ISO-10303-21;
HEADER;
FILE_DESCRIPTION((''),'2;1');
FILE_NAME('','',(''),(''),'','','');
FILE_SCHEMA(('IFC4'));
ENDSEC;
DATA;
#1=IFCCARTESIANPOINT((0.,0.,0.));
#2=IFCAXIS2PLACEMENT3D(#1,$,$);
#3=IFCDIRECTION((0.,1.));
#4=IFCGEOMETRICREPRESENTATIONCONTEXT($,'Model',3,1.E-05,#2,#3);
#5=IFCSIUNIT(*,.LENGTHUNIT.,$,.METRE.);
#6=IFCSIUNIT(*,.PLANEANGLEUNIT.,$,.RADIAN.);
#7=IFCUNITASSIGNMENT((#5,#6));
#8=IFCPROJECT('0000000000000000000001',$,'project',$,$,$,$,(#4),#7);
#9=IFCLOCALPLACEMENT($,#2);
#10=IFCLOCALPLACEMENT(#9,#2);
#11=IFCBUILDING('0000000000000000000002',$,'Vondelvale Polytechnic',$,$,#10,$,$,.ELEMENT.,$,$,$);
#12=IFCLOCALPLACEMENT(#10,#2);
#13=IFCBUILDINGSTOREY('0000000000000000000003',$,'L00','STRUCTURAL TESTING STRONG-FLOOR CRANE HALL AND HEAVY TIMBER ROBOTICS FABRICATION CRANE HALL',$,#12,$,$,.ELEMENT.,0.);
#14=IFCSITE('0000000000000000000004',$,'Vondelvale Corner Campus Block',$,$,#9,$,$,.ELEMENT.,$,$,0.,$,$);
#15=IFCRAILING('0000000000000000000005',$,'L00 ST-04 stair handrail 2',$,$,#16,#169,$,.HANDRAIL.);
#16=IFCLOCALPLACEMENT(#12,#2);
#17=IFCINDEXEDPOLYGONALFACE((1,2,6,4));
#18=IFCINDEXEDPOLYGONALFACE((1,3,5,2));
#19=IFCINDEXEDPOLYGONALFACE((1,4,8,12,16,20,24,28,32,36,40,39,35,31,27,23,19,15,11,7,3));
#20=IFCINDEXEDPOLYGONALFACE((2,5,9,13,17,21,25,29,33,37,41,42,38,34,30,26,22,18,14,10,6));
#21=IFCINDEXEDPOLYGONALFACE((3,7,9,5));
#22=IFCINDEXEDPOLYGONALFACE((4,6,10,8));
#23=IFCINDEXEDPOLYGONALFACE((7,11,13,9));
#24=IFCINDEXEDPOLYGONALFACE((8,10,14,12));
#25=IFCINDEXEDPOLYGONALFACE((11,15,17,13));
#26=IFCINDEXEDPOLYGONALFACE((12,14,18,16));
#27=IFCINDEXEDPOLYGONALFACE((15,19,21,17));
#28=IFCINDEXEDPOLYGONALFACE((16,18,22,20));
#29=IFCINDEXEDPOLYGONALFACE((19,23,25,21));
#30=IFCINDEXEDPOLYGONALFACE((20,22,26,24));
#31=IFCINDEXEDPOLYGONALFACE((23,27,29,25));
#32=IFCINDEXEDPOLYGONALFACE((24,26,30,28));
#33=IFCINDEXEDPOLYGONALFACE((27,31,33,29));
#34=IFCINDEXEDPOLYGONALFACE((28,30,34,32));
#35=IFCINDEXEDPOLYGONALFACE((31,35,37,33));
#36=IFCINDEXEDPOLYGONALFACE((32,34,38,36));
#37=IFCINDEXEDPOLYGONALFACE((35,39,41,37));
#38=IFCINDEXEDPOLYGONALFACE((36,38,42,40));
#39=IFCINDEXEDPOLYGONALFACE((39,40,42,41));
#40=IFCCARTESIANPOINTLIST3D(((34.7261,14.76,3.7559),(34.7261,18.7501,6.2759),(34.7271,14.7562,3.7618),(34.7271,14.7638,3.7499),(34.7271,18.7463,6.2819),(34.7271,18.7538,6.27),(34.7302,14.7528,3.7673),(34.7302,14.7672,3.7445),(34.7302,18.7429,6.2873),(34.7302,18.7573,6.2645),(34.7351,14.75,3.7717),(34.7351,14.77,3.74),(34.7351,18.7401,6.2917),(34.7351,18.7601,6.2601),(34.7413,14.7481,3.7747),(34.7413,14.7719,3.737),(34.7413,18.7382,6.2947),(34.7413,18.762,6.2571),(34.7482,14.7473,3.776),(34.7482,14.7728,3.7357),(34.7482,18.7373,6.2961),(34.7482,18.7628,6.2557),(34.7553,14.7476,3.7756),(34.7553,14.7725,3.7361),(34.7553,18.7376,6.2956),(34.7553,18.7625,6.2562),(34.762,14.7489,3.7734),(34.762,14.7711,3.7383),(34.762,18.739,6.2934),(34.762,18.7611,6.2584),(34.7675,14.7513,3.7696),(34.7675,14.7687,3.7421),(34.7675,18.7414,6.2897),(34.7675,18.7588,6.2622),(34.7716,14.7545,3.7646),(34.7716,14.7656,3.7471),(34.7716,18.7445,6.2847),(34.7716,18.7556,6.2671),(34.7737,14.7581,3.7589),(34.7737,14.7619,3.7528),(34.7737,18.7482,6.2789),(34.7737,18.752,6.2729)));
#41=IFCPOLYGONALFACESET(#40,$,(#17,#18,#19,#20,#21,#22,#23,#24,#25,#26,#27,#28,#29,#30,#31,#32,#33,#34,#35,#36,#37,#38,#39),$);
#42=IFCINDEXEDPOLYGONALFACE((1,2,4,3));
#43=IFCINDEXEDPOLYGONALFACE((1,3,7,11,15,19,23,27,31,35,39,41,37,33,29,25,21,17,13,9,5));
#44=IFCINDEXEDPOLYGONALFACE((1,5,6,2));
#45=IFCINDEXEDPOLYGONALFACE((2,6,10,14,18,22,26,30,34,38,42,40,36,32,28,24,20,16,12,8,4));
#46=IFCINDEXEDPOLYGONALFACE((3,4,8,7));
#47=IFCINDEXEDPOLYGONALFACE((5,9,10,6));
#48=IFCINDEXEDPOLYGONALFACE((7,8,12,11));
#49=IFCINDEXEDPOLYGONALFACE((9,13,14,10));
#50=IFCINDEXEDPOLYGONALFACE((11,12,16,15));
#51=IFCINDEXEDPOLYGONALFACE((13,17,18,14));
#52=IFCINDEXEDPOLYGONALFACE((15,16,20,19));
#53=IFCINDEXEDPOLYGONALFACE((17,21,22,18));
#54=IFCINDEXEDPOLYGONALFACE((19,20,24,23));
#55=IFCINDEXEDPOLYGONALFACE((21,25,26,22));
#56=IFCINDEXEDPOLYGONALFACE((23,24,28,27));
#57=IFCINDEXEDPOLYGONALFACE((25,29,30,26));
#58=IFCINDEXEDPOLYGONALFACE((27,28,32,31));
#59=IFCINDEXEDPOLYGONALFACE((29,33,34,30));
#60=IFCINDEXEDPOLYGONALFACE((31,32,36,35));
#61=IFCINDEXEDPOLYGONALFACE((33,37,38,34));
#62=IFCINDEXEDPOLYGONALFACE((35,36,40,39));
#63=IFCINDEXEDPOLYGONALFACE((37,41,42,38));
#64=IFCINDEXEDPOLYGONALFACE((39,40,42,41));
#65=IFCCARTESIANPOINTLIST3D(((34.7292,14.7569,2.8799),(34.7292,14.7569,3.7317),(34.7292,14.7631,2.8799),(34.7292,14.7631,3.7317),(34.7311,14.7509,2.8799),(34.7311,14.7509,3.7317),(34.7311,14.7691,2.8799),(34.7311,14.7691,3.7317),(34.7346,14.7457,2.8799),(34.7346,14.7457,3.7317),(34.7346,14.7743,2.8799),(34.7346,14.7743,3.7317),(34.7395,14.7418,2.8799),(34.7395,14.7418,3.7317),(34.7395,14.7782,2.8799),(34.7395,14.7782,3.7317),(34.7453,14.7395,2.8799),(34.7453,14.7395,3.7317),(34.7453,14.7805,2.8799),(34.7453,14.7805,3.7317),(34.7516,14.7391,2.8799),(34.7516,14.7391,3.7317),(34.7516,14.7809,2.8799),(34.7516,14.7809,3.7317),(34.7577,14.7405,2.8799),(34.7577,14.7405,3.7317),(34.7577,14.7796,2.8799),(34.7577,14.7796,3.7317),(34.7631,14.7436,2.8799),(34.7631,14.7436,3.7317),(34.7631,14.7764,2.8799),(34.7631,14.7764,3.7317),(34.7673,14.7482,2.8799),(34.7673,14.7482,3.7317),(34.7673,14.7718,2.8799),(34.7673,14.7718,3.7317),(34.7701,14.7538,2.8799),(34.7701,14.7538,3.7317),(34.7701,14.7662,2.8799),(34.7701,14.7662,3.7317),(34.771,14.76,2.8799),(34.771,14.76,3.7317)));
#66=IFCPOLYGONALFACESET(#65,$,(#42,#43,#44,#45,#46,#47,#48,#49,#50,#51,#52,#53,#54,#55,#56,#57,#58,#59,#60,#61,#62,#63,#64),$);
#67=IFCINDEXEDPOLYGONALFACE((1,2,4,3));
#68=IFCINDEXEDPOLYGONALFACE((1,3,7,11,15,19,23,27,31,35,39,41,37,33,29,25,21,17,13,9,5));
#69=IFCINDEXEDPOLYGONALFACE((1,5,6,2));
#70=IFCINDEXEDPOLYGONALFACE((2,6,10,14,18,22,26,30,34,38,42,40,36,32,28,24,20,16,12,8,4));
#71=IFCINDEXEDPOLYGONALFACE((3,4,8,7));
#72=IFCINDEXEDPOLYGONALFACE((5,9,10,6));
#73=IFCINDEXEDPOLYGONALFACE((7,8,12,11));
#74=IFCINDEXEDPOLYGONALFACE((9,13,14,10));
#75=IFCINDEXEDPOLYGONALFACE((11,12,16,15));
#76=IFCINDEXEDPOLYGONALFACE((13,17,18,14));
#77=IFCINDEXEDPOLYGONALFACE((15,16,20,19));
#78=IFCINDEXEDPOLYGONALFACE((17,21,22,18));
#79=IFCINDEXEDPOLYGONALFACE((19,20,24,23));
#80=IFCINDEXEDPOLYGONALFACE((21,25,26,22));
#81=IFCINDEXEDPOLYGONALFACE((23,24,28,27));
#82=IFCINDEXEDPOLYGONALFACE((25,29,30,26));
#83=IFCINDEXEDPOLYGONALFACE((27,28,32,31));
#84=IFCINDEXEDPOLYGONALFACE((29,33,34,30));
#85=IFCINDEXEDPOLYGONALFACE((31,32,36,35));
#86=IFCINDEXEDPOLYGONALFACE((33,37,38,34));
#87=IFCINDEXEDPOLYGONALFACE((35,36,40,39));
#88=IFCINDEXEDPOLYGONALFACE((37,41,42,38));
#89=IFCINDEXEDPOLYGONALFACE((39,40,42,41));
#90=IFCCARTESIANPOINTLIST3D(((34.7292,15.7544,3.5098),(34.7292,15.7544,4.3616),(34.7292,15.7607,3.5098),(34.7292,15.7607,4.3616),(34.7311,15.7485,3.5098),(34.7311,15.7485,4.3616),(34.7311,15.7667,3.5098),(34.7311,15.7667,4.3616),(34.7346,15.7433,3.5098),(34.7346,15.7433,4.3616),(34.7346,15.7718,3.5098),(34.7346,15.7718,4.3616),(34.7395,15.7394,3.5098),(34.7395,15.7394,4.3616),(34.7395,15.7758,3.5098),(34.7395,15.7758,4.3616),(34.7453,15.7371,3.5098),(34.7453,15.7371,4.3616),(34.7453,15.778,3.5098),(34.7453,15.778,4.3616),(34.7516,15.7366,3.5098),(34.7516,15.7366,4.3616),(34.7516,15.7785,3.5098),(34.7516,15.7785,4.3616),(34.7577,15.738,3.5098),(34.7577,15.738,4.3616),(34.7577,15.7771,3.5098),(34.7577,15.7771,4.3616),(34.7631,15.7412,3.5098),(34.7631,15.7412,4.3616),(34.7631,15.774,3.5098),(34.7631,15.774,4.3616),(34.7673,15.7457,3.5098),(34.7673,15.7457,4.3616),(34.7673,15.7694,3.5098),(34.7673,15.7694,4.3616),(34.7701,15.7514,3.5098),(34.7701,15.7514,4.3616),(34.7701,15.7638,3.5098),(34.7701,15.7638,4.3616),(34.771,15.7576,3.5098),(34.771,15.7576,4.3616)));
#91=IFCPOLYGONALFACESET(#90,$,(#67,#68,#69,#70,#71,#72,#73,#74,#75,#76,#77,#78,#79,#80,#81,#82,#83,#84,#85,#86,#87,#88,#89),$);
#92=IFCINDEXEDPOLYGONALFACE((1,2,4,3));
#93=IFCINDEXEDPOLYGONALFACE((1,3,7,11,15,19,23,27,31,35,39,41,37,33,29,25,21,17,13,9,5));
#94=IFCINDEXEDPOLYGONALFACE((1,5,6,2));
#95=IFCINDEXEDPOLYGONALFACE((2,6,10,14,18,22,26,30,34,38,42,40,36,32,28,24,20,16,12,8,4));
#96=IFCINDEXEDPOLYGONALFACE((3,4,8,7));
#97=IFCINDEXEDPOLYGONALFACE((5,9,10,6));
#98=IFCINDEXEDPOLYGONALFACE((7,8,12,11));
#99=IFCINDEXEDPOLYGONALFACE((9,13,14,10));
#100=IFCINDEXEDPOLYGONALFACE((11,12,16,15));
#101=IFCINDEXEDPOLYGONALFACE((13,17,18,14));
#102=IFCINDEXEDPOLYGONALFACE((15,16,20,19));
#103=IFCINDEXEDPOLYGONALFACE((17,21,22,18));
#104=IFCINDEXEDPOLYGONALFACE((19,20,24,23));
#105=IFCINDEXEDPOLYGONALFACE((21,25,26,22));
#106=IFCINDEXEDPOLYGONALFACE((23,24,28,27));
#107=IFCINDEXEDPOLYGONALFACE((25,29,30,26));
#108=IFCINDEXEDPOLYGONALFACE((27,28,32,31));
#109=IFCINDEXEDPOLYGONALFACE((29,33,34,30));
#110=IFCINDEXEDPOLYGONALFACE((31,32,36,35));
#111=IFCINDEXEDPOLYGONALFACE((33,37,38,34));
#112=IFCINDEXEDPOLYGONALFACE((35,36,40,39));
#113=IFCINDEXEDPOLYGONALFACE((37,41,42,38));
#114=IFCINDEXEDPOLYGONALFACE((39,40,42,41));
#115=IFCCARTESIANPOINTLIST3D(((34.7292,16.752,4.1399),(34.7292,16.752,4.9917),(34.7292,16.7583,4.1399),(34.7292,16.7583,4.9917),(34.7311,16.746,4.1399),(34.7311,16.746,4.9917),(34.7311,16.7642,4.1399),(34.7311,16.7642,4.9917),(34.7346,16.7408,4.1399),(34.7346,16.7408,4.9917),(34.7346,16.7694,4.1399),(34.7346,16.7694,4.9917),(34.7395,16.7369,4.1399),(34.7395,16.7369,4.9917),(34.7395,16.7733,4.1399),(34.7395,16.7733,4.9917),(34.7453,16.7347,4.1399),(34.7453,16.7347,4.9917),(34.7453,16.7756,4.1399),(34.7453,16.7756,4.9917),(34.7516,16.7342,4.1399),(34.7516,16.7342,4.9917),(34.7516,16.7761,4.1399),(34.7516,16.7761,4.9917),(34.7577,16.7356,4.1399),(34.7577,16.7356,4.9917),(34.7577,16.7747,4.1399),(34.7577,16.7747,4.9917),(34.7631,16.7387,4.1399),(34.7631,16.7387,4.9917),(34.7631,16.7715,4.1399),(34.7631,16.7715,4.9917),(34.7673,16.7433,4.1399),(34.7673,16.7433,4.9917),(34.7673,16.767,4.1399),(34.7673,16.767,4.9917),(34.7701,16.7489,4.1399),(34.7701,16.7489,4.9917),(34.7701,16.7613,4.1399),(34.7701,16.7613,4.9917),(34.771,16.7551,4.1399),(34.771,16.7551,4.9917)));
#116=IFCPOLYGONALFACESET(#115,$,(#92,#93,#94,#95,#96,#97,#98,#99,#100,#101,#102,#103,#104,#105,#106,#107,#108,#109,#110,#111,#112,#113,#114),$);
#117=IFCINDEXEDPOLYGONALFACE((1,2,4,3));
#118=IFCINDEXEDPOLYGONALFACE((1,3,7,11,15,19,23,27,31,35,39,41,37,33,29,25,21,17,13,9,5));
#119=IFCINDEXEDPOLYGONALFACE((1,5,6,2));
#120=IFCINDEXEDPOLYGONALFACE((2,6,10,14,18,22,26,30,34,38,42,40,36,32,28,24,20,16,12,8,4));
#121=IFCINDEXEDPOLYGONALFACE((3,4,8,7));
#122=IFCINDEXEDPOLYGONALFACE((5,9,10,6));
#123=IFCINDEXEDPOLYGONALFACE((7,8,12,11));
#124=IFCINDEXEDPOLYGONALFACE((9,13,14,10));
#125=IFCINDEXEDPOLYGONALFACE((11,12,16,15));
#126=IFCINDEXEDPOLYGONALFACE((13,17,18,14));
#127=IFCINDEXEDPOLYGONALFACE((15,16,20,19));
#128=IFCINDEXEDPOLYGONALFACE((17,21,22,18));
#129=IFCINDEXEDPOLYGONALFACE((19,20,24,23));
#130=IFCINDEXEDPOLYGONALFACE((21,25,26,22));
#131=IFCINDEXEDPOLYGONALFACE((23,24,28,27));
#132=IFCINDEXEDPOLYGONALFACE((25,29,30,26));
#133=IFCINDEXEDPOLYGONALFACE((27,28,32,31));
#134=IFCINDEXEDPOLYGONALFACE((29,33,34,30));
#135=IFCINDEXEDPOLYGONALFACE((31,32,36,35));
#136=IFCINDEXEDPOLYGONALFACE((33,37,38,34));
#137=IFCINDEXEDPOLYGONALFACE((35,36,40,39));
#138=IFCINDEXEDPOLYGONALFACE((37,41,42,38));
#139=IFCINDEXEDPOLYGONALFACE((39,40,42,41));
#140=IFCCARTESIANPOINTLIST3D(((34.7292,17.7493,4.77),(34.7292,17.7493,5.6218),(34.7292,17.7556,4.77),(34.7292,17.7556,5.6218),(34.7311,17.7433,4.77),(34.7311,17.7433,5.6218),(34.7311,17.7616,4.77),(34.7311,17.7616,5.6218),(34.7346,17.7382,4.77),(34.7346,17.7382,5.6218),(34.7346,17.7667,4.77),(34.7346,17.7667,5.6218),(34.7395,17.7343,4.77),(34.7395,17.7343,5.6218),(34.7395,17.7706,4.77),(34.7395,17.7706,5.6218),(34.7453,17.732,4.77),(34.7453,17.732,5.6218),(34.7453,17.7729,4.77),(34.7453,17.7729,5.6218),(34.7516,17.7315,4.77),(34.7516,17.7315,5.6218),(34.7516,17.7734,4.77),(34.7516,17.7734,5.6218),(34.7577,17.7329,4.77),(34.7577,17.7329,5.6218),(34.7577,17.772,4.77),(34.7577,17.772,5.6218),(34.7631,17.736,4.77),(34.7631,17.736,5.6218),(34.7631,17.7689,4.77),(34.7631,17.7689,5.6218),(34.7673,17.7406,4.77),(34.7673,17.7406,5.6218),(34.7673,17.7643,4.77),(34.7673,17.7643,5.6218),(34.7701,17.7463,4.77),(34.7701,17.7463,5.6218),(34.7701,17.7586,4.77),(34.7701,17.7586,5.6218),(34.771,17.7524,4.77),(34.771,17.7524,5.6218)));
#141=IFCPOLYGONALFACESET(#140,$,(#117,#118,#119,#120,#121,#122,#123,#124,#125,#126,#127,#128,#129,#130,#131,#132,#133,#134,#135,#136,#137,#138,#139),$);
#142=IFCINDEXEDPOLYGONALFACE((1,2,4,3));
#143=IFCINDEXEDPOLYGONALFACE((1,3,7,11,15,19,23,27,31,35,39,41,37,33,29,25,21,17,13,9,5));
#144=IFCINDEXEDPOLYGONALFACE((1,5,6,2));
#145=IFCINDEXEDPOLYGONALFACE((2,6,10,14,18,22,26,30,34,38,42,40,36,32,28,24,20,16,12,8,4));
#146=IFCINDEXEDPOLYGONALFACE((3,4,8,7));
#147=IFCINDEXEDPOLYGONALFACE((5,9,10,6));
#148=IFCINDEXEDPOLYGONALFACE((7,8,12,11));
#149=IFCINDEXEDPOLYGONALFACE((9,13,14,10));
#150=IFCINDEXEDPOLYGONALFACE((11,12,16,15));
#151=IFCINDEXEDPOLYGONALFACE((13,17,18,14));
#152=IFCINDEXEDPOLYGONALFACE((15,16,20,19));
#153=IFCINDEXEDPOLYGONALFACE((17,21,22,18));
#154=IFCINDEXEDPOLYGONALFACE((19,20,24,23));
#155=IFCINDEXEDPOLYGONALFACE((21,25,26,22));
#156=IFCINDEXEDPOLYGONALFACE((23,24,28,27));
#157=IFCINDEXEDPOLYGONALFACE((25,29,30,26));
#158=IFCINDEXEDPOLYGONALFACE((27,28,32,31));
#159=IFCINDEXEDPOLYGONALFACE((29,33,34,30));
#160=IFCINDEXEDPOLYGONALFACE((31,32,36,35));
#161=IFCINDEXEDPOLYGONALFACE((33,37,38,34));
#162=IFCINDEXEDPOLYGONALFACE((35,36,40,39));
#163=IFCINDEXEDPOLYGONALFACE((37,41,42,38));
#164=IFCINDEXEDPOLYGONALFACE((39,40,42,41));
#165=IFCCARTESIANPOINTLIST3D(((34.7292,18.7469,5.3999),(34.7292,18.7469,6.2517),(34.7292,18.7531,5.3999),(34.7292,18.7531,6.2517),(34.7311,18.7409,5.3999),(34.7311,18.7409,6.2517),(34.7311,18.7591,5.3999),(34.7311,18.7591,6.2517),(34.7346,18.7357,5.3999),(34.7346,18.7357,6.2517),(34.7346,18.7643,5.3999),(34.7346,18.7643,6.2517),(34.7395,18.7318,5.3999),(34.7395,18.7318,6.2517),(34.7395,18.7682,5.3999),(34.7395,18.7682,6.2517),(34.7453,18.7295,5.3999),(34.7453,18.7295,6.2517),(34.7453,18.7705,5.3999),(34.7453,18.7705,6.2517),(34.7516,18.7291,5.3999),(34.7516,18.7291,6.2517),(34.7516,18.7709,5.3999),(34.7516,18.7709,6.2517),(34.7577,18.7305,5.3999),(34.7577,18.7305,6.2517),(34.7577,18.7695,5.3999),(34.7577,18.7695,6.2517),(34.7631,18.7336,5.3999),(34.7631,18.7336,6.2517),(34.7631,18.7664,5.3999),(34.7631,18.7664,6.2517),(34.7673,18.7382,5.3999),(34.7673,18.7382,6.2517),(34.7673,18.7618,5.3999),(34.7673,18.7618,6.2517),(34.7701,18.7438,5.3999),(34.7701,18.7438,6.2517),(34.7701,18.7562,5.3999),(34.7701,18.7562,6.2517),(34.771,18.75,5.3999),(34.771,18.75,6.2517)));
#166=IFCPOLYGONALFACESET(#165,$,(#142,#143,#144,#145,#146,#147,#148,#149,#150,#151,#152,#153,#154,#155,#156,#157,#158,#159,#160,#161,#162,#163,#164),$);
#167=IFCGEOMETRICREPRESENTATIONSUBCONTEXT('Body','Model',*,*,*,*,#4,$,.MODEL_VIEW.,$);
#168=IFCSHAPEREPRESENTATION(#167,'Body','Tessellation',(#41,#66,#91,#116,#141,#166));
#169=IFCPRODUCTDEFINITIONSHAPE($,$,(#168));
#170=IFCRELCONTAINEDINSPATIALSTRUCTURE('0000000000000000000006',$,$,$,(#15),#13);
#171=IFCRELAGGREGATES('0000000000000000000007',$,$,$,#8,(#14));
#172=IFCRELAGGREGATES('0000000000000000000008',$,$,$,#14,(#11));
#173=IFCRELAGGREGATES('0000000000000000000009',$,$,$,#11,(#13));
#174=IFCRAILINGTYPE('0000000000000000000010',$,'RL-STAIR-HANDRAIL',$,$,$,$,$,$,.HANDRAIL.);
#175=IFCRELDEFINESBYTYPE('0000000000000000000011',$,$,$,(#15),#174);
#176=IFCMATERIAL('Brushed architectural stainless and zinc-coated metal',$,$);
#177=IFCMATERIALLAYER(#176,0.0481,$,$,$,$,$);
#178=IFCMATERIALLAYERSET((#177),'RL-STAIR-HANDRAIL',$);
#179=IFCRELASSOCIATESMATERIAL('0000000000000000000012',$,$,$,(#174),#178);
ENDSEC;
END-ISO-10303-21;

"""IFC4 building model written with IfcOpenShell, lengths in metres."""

from ifc_helpers import new_model, si_unit, direction, frame, origin, origin_2d, place, context, subcontext, project, spatial, circle, extrude, material, layer, layer_set, type_object, element, save


model = new_model("IFC4")

# Units and contexts
model_context = context("Model", 3, precision=1e-05, world=origin(), true_north=direction((0.0, 1.0)))
body_context = subcontext(model_context, "Body", "Model", "MODEL_VIEW")
ifc_project = project(units=[si_unit("LENGTHUNIT", "METRE"), si_unit("PLANEANGLEUNIT", "RADIAN")], contexts=[model_context])

# Site, building, storey
site_placement = place(None, origin())
site = spatial("IfcSite", under=ifc_project, at=site_placement, Name="Vondelvale Corner Campus Block", CompositionType="ELEMENT", RefElevation=0.0)
building_placement = place(site_placement, origin())
building = spatial("IfcBuilding", under=site, at=building_placement, Name="Vondelvale Polytechnic", CompositionType="ELEMENT")
storey_placement = place(building_placement, origin())
storey = spatial("IfcBuildingStorey", under=building, at=storey_placement, Name="L00", Description="STRUCTURAL TESTING STRONG-FLOOR CRANE HALL AND HEAVY TIMBER ROBOTICS FABRICATION CRANE HALL", CompositionType="ELEMENT", Elevation=0.0)

# Shared definitions
ifc_material_1 = material(Name="Brushed architectural stainless and zinc-coated metal")

# Railing
ifc_layer_1 = layer(ifc_material_1, 0.0481)
ifc_layer_set_1 = layer_set([ifc_layer_1], Name="RL-STAIR-HANDRAIL")
railing_type_1 = type_object("IfcRailingType", Name="RL-STAIR-HANDRAIL", PredefinedType="HANDRAIL", material=ifc_layer_set_1)
railing_1_placement = place(storey_placement, frame((34.75, 14.76, 2.8799)))
element("IfcRailing", 1, at=railing_1_placement, inside=storey, type_object=railing_type_1, Name="L00 ST-04 stair handrail 2", PredefinedType="HANDRAIL", context=body_context, shape_type="SweptSolid", body=[
    extrude(circle(Radius=0.0239, at=origin_2d()), frame((0.0, 0.0, 0.876), z_axis=(0.0, 0.845486, 0.533997), x_axis=(-1.0, 0.0, 0.0)), (0.0, 0.0, 1.0), 4.7192),
    extrude(circle(Radius=0.021, at=origin_2d()), origin(), (0.0, 0.0, 1.0), 0.8518),
    extrude(circle(Radius=0.021, at=origin_2d()), frame((0.0, 0.9976, 0.6299)), (0.0, 0.0, 1.0), 0.8518),
    extrude(circle(Radius=0.021, at=origin_2d()), frame((0.0, 1.9951, 1.26)), (0.0, 0.0, 1.0), 0.8518),
    extrude(circle(Radius=0.021, at=origin_2d()), frame((0.0, 2.9924, 1.8901)), (0.0, 0.0, 1.0), 0.8518),
    extrude(circle(Radius=0.021, at=origin_2d()), frame((0.0, 3.99, 2.52)), (0.0, 0.0, 1.0), 0.8518),
])

save(model, "model.ifc")
